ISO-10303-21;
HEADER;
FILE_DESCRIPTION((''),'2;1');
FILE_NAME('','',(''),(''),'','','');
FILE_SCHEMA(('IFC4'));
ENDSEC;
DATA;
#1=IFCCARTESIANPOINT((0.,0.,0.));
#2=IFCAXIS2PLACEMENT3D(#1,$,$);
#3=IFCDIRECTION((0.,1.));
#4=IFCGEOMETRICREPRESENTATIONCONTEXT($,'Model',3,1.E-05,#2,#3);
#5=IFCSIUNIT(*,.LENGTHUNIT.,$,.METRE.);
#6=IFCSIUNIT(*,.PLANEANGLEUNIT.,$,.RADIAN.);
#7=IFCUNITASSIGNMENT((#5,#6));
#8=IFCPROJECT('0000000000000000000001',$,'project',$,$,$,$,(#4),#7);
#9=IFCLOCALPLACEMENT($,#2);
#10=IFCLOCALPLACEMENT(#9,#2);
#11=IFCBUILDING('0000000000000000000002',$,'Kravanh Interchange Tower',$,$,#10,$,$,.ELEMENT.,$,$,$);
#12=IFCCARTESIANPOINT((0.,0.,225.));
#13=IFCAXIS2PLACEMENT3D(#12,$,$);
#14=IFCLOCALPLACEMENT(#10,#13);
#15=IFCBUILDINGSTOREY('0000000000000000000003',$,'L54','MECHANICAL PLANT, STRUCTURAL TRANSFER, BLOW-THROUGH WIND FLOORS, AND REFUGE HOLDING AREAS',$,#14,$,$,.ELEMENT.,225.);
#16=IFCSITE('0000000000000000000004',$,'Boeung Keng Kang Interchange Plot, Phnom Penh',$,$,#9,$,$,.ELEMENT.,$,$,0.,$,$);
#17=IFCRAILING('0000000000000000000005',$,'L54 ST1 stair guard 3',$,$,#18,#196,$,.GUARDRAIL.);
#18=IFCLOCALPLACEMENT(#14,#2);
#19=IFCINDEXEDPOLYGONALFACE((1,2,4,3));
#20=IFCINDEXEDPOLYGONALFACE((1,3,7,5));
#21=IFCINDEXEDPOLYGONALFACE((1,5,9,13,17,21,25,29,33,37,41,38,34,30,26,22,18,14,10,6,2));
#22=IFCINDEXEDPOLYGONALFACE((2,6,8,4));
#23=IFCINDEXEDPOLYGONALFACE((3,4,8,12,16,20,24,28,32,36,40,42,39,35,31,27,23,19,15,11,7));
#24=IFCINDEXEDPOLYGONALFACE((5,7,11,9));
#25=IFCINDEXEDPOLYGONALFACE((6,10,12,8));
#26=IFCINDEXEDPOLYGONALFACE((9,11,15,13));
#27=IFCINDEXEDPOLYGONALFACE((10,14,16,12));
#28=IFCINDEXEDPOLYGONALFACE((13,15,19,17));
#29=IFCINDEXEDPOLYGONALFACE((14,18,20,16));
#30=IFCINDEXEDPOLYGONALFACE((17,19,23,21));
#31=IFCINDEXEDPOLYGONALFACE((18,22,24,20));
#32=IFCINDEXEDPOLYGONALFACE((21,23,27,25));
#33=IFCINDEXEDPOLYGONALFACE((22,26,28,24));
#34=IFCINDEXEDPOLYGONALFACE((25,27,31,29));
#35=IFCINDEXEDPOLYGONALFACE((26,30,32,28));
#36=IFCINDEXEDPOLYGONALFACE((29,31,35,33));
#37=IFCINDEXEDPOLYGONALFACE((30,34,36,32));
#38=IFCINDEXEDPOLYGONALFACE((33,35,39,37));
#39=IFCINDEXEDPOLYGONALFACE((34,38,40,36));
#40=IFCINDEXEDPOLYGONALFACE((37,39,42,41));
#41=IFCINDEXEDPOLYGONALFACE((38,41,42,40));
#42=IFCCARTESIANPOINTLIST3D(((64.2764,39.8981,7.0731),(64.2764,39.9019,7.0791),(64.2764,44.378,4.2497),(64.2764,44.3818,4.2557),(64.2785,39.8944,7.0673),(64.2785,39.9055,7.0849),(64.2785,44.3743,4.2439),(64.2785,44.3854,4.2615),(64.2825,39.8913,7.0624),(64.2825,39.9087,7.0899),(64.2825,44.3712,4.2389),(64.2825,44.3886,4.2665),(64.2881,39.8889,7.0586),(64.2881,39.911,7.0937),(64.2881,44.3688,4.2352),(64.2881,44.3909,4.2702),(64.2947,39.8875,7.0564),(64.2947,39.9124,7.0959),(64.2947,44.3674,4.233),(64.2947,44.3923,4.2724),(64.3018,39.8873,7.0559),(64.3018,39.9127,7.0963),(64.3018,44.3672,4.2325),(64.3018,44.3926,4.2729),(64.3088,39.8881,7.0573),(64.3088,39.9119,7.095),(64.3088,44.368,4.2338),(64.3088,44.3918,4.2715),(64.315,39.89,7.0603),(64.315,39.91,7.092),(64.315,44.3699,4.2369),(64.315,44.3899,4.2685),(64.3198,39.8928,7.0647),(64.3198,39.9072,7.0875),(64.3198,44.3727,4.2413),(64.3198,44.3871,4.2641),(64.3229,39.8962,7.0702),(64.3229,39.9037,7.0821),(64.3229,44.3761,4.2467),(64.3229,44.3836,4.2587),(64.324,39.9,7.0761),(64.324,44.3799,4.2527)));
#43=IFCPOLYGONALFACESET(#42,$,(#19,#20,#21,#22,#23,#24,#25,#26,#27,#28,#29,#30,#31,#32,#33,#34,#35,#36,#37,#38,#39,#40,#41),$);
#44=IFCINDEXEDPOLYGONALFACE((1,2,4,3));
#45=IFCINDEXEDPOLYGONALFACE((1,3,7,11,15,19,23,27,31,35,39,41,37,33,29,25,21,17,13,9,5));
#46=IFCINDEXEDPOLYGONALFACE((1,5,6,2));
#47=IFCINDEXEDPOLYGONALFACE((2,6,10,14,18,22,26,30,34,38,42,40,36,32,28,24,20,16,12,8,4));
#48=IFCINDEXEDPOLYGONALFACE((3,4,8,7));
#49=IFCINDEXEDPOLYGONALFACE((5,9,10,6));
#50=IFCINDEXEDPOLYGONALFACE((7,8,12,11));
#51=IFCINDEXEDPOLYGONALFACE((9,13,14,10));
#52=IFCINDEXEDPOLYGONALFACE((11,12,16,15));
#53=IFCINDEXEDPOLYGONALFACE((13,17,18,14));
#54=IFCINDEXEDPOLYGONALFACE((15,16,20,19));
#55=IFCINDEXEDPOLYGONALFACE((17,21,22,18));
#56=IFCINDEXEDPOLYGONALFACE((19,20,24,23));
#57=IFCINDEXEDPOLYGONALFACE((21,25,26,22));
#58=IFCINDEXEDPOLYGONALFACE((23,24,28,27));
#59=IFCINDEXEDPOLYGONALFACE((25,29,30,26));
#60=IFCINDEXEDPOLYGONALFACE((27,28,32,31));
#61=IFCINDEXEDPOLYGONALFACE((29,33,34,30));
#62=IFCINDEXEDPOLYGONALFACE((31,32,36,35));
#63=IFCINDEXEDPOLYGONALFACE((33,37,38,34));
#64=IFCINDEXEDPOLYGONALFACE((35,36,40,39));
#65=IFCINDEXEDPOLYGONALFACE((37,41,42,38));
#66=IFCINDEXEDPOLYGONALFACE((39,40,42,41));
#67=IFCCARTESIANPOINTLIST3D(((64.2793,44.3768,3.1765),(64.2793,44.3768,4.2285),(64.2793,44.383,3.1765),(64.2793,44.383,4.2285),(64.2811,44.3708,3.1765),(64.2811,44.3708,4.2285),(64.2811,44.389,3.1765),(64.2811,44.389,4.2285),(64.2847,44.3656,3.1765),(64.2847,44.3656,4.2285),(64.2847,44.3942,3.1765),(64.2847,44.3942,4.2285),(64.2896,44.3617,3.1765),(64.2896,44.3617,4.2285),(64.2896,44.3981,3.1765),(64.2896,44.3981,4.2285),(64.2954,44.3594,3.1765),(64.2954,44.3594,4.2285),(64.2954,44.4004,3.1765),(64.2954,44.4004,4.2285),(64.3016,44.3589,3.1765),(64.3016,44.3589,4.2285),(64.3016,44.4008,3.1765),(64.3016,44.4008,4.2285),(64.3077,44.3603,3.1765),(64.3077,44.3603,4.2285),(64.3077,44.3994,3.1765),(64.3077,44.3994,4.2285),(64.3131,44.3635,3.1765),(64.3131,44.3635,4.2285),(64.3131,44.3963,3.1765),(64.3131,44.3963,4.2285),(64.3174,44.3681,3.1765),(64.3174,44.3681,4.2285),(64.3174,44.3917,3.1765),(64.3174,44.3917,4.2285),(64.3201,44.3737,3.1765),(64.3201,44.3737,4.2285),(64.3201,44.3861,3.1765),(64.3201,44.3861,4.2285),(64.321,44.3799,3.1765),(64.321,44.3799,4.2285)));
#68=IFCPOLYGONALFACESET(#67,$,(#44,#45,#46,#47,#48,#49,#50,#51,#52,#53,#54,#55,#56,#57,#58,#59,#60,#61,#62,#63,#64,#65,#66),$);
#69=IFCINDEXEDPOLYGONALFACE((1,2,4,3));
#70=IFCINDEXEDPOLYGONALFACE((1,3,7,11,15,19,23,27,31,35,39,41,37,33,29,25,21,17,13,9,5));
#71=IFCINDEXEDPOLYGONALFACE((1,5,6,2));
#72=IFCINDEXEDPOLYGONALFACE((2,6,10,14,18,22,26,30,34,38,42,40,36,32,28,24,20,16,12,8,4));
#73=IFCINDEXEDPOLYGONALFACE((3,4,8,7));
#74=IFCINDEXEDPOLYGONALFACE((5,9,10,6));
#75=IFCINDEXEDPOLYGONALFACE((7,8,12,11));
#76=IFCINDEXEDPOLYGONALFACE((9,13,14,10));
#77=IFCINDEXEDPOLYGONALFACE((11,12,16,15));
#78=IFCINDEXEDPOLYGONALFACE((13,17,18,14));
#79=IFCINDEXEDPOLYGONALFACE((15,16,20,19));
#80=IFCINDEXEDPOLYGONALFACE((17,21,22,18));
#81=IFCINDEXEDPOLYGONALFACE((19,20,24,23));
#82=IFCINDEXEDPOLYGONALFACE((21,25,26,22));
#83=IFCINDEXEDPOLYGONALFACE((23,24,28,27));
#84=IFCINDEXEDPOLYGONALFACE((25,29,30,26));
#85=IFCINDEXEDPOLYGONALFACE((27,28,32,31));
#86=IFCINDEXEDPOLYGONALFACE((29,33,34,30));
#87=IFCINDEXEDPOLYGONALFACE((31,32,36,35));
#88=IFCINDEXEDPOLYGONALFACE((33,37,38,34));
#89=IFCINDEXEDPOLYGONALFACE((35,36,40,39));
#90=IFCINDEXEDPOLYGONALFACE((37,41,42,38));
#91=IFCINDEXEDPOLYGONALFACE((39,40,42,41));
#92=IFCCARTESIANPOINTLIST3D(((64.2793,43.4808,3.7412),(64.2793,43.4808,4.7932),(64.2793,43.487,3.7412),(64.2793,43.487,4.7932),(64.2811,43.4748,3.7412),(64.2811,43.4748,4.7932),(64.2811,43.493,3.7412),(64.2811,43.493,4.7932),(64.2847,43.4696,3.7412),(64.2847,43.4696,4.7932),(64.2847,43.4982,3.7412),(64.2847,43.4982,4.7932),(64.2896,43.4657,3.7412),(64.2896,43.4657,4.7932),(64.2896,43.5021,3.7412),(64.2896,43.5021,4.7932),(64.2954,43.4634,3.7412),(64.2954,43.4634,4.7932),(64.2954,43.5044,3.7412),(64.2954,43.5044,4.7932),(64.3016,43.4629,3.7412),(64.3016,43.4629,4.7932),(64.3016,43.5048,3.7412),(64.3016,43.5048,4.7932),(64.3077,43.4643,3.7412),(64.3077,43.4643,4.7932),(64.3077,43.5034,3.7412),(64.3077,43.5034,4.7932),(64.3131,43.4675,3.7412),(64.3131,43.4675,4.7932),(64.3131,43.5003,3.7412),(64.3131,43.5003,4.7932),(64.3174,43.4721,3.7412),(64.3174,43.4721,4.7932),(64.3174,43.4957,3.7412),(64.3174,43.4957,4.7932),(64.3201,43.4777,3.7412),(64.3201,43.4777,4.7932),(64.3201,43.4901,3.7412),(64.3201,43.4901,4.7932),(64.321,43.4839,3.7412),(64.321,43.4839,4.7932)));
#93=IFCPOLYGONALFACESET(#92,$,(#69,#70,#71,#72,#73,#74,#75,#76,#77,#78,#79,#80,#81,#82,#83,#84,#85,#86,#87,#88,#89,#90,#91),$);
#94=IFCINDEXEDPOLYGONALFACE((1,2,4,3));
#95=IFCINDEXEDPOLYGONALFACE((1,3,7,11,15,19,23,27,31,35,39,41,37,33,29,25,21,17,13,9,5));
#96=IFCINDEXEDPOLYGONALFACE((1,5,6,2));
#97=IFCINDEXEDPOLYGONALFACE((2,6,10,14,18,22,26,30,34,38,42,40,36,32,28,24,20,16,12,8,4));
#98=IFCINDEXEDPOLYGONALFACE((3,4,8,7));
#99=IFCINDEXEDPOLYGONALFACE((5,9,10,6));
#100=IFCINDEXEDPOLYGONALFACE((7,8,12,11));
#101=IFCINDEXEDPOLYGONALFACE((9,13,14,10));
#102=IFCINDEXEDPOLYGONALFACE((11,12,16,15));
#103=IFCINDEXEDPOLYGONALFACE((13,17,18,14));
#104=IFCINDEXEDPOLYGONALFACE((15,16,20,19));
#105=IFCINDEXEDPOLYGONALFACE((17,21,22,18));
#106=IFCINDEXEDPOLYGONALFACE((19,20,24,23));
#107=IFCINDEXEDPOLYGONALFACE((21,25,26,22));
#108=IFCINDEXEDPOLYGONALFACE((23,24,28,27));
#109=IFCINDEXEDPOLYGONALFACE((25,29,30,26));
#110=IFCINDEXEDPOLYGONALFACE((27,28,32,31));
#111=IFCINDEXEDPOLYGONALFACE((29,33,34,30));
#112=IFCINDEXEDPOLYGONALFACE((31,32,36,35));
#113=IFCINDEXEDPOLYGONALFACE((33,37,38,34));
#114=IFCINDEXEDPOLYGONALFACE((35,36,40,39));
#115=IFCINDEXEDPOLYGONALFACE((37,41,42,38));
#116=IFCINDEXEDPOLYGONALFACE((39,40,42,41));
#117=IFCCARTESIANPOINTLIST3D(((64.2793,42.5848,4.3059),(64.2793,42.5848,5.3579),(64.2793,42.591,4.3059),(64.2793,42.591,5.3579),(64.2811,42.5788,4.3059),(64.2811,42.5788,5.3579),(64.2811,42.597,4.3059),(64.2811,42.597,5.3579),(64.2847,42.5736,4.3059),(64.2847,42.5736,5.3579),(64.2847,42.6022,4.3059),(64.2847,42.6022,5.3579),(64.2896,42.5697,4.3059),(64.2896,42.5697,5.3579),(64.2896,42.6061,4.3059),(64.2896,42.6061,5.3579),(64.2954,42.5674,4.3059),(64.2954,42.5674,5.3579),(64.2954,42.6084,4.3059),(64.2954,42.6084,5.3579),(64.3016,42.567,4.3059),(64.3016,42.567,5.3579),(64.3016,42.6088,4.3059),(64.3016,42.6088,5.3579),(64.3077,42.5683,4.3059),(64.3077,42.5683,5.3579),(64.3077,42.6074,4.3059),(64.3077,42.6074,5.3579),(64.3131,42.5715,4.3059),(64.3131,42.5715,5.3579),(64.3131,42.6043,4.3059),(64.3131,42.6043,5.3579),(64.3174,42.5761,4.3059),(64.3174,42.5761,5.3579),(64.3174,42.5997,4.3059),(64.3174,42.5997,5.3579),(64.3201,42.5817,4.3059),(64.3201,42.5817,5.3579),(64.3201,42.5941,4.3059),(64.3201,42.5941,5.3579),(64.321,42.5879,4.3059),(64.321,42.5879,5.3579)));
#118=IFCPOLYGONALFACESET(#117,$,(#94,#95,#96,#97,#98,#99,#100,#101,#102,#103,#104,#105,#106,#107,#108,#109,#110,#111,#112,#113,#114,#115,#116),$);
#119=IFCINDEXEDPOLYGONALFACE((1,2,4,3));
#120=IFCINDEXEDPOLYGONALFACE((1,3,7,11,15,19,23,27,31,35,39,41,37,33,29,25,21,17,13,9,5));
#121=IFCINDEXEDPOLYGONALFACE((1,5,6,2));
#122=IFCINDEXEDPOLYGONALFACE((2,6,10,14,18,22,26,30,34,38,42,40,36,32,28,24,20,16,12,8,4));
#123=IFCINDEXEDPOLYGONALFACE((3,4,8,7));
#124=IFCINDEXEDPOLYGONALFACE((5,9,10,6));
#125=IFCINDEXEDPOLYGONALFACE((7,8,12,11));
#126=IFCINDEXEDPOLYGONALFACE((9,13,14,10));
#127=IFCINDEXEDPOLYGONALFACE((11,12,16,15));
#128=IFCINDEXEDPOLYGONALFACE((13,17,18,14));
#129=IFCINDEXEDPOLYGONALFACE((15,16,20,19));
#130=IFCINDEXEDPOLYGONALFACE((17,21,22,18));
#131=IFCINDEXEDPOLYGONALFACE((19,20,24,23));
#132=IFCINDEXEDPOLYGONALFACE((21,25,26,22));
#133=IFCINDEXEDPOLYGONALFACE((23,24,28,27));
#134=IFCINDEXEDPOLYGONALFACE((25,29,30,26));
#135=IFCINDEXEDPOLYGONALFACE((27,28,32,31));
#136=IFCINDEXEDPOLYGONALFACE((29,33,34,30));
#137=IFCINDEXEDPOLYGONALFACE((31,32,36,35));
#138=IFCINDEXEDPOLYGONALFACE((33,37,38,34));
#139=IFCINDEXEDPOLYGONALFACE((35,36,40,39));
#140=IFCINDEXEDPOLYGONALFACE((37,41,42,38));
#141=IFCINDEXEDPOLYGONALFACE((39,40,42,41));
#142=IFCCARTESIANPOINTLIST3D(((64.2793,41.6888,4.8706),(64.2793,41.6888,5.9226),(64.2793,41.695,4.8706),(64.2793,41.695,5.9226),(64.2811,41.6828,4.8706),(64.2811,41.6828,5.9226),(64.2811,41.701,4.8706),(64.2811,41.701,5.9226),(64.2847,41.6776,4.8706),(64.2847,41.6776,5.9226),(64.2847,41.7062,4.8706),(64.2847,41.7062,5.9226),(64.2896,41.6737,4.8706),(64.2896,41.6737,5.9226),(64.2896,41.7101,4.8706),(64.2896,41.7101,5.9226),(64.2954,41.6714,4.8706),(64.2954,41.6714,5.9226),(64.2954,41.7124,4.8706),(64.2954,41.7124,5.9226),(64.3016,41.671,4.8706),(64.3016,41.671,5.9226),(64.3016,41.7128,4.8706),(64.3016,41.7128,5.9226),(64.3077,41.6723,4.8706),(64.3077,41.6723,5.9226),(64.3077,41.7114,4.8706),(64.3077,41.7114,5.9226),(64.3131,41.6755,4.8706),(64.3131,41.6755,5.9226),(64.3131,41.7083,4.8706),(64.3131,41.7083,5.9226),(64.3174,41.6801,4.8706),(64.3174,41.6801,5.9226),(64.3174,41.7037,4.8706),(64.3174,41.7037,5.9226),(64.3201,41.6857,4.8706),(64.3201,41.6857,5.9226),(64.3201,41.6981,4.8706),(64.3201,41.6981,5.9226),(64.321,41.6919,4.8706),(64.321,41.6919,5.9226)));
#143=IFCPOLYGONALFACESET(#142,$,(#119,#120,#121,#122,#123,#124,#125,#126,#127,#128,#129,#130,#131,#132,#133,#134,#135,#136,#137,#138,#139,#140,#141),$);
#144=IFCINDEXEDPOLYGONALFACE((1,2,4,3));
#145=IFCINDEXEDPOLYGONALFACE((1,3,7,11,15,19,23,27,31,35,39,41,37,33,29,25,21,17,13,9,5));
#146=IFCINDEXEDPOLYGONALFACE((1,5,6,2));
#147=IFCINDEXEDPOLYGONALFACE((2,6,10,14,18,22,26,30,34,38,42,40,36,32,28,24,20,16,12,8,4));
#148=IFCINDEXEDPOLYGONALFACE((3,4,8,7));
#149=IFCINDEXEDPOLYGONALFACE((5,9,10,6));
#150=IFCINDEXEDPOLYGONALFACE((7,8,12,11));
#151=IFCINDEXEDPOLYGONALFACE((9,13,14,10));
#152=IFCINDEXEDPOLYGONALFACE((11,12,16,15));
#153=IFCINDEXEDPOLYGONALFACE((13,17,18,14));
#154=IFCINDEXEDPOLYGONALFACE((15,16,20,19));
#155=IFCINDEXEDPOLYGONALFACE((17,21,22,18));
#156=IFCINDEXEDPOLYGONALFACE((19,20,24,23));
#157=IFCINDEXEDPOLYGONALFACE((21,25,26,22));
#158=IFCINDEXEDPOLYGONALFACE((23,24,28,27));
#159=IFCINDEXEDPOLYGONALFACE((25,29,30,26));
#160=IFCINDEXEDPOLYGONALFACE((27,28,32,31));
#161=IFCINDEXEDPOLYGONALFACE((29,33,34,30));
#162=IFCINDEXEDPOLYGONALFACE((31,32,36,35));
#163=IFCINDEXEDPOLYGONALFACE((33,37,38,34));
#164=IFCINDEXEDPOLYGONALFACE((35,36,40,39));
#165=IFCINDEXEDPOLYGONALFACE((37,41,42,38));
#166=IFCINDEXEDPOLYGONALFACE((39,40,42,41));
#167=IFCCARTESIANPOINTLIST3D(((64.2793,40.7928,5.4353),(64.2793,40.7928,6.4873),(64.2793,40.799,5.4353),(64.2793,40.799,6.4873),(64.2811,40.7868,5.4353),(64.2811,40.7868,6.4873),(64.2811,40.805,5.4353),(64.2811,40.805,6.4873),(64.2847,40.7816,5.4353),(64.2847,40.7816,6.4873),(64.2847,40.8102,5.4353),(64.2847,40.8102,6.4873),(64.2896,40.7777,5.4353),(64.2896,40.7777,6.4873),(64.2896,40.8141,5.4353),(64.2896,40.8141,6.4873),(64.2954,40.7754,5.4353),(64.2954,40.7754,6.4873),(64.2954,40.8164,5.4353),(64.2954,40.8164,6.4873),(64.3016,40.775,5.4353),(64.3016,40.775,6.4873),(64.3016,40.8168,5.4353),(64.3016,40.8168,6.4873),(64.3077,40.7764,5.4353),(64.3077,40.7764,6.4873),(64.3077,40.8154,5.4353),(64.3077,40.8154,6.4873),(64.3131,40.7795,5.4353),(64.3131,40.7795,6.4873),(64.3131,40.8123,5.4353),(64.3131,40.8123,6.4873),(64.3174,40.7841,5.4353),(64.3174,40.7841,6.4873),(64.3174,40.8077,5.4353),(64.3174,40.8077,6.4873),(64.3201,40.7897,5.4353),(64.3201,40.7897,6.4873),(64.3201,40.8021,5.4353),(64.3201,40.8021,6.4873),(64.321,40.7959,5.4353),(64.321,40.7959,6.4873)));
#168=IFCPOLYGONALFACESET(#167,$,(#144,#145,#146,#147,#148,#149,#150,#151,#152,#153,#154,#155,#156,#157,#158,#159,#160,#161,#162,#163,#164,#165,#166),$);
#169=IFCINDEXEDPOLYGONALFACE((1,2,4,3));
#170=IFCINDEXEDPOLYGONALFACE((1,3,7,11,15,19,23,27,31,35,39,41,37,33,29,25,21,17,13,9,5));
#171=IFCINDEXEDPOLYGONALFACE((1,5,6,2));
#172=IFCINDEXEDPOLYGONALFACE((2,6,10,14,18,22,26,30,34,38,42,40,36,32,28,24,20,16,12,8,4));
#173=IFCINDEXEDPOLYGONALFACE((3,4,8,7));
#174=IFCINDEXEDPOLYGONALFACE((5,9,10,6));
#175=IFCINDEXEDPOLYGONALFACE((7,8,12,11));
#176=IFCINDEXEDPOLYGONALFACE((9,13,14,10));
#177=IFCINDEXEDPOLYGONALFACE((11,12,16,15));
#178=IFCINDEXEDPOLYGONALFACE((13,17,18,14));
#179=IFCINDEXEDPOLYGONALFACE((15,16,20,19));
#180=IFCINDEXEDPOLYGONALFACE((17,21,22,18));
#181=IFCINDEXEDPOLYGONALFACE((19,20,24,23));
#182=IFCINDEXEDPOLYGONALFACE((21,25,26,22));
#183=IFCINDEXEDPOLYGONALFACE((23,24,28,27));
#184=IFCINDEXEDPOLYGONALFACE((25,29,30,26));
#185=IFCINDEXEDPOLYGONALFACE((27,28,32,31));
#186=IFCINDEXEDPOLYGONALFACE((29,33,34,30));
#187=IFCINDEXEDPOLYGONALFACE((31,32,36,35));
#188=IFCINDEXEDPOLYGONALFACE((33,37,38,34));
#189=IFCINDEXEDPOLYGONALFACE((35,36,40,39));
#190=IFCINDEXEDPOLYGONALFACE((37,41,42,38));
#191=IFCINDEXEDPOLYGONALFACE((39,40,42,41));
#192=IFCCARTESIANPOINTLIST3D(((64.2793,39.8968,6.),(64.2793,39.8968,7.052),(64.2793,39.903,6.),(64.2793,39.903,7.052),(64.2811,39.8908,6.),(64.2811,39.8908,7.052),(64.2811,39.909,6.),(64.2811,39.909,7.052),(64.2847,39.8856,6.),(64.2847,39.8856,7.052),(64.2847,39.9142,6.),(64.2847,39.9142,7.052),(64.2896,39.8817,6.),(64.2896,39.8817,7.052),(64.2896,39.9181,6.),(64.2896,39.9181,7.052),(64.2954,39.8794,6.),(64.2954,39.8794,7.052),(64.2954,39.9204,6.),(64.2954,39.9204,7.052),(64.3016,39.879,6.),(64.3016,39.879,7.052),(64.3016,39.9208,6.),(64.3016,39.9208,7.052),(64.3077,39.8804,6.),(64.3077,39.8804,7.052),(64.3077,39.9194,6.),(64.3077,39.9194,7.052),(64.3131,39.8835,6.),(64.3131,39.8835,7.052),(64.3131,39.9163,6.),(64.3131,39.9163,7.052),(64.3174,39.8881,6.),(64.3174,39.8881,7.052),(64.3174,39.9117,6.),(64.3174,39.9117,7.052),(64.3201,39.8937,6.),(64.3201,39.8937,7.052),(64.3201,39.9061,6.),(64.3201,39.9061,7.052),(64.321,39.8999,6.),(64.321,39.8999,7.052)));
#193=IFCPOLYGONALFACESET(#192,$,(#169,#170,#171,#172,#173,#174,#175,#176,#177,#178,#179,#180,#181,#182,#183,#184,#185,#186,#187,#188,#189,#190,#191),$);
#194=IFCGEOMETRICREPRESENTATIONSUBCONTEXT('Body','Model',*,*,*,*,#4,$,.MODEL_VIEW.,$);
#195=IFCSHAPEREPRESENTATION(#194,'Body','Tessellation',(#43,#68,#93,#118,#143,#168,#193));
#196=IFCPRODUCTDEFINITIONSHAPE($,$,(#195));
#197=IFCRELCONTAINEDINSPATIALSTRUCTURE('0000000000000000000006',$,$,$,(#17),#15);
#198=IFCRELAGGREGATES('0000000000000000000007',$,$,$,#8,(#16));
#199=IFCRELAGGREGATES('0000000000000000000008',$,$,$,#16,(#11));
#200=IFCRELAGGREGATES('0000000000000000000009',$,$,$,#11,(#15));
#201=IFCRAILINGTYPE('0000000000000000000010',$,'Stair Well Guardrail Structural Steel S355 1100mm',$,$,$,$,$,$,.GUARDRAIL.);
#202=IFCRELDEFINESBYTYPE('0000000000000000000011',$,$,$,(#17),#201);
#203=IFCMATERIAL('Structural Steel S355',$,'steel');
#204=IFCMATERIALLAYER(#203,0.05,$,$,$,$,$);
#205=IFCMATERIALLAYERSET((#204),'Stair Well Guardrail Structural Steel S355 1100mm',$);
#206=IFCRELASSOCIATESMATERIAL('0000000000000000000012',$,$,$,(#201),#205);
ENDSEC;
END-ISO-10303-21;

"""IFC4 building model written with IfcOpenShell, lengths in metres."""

from ifc_helpers import new_model, si_unit, direction, frame, origin, origin_2d, place, context, subcontext, project, spatial, circle, extrude, material, layer, layer_set, type_object, element, save


model = new_model("IFC4")

# Units and contexts
model_context = context("Model", 3, precision=1e-05, world=origin(), true_north=direction((0.0, 1.0)))
body_context = subcontext(model_context, "Body", "Model", "MODEL_VIEW")
ifc_project = project(units=[si_unit("LENGTHUNIT", "METRE"), si_unit("PLANEANGLEUNIT", "RADIAN")], contexts=[model_context])

# Site, building, storey
site_placement = place(None, origin())
site = spatial("IfcSite", under=ifc_project, at=site_placement, Name="Boeung Keng Kang Interchange Plot, Phnom Penh", CompositionType="ELEMENT", RefElevation=0.0)
building_placement = place(site_placement, origin())
building = spatial("IfcBuilding", under=site, at=building_placement, Name="Kravanh Interchange Tower", CompositionType="ELEMENT")
storey_placement = place(building_placement, frame((0.0, 0.0, 225.0)))
storey = spatial("IfcBuildingStorey", under=building, at=storey_placement, Name="L54", Description="MECHANICAL PLANT, STRUCTURAL TRANSFER, BLOW-THROUGH WIND FLOORS, AND REFUGE HOLDING AREAS", CompositionType="ELEMENT", Elevation=225.0)

# Railing
ifc_material_1 = material(Name="Structural Steel S355", Category="steel")
ifc_layer_1 = layer(ifc_material_1, 0.05)
ifc_layer_set_1 = layer_set([ifc_layer_1], Name="Stair Well Guardrail Structural Steel S355 1100mm")
railing_type_1 = type_object("IfcRailingType", Name="Stair Well Guardrail Structural Steel S355 1100mm", PredefinedType="GUARDRAIL", material=ifc_layer_set_1)
railing_1_placement = place(storey_placement, frame((64.3, 44.3799, 3.1765)))
element("IfcRailing", 1, at=railing_1_placement, inside=storey, type_object=railing_type_1, Name="L54 ST1 stair guard 3", PredefinedType="GUARDRAIL", context=body_context, shape_type="SweptSolid", body=[
    extrude(circle(Radius=0.0239, at=origin_2d()), frame((0.0, 0.0, 1.0762), z_axis=(0.0, -0.845998, 0.533186), x_axis=(1.0, 0.0, 0.0)), (0.0, 0.0, 1.0), 5.2954),
    extrude(circle(Radius=0.021, at=origin_2d()), origin(), (0.0, 0.0, 1.0), 1.052),
    extrude(circle(Radius=0.021, at=origin_2d()), frame((0.0, -0.896, 0.5647)), (0.0, 0.0, 1.0), 1.052),
    extrude(circle(Radius=0.021, at=origin_2d()), frame((0.0, -1.792, 1.1294)), (0.0, 0.0, 1.0), 1.052),
    extrude(circle(Radius=0.021, at=origin_2d()), frame((0.0, -2.688, 1.6941)), (0.0, 0.0, 1.0), 1.052),
    extrude(circle(Radius=0.021, at=origin_2d()), frame((0.0, -3.584, 2.2588)), (0.0, 0.0, 1.0), 1.052),
    extrude(circle(Radius=0.021, at=origin_2d()), frame((0.0, -4.48, 2.8235)), (0.0, 0.0, 1.0), 1.052),
])

save(model, "model.ifc")
